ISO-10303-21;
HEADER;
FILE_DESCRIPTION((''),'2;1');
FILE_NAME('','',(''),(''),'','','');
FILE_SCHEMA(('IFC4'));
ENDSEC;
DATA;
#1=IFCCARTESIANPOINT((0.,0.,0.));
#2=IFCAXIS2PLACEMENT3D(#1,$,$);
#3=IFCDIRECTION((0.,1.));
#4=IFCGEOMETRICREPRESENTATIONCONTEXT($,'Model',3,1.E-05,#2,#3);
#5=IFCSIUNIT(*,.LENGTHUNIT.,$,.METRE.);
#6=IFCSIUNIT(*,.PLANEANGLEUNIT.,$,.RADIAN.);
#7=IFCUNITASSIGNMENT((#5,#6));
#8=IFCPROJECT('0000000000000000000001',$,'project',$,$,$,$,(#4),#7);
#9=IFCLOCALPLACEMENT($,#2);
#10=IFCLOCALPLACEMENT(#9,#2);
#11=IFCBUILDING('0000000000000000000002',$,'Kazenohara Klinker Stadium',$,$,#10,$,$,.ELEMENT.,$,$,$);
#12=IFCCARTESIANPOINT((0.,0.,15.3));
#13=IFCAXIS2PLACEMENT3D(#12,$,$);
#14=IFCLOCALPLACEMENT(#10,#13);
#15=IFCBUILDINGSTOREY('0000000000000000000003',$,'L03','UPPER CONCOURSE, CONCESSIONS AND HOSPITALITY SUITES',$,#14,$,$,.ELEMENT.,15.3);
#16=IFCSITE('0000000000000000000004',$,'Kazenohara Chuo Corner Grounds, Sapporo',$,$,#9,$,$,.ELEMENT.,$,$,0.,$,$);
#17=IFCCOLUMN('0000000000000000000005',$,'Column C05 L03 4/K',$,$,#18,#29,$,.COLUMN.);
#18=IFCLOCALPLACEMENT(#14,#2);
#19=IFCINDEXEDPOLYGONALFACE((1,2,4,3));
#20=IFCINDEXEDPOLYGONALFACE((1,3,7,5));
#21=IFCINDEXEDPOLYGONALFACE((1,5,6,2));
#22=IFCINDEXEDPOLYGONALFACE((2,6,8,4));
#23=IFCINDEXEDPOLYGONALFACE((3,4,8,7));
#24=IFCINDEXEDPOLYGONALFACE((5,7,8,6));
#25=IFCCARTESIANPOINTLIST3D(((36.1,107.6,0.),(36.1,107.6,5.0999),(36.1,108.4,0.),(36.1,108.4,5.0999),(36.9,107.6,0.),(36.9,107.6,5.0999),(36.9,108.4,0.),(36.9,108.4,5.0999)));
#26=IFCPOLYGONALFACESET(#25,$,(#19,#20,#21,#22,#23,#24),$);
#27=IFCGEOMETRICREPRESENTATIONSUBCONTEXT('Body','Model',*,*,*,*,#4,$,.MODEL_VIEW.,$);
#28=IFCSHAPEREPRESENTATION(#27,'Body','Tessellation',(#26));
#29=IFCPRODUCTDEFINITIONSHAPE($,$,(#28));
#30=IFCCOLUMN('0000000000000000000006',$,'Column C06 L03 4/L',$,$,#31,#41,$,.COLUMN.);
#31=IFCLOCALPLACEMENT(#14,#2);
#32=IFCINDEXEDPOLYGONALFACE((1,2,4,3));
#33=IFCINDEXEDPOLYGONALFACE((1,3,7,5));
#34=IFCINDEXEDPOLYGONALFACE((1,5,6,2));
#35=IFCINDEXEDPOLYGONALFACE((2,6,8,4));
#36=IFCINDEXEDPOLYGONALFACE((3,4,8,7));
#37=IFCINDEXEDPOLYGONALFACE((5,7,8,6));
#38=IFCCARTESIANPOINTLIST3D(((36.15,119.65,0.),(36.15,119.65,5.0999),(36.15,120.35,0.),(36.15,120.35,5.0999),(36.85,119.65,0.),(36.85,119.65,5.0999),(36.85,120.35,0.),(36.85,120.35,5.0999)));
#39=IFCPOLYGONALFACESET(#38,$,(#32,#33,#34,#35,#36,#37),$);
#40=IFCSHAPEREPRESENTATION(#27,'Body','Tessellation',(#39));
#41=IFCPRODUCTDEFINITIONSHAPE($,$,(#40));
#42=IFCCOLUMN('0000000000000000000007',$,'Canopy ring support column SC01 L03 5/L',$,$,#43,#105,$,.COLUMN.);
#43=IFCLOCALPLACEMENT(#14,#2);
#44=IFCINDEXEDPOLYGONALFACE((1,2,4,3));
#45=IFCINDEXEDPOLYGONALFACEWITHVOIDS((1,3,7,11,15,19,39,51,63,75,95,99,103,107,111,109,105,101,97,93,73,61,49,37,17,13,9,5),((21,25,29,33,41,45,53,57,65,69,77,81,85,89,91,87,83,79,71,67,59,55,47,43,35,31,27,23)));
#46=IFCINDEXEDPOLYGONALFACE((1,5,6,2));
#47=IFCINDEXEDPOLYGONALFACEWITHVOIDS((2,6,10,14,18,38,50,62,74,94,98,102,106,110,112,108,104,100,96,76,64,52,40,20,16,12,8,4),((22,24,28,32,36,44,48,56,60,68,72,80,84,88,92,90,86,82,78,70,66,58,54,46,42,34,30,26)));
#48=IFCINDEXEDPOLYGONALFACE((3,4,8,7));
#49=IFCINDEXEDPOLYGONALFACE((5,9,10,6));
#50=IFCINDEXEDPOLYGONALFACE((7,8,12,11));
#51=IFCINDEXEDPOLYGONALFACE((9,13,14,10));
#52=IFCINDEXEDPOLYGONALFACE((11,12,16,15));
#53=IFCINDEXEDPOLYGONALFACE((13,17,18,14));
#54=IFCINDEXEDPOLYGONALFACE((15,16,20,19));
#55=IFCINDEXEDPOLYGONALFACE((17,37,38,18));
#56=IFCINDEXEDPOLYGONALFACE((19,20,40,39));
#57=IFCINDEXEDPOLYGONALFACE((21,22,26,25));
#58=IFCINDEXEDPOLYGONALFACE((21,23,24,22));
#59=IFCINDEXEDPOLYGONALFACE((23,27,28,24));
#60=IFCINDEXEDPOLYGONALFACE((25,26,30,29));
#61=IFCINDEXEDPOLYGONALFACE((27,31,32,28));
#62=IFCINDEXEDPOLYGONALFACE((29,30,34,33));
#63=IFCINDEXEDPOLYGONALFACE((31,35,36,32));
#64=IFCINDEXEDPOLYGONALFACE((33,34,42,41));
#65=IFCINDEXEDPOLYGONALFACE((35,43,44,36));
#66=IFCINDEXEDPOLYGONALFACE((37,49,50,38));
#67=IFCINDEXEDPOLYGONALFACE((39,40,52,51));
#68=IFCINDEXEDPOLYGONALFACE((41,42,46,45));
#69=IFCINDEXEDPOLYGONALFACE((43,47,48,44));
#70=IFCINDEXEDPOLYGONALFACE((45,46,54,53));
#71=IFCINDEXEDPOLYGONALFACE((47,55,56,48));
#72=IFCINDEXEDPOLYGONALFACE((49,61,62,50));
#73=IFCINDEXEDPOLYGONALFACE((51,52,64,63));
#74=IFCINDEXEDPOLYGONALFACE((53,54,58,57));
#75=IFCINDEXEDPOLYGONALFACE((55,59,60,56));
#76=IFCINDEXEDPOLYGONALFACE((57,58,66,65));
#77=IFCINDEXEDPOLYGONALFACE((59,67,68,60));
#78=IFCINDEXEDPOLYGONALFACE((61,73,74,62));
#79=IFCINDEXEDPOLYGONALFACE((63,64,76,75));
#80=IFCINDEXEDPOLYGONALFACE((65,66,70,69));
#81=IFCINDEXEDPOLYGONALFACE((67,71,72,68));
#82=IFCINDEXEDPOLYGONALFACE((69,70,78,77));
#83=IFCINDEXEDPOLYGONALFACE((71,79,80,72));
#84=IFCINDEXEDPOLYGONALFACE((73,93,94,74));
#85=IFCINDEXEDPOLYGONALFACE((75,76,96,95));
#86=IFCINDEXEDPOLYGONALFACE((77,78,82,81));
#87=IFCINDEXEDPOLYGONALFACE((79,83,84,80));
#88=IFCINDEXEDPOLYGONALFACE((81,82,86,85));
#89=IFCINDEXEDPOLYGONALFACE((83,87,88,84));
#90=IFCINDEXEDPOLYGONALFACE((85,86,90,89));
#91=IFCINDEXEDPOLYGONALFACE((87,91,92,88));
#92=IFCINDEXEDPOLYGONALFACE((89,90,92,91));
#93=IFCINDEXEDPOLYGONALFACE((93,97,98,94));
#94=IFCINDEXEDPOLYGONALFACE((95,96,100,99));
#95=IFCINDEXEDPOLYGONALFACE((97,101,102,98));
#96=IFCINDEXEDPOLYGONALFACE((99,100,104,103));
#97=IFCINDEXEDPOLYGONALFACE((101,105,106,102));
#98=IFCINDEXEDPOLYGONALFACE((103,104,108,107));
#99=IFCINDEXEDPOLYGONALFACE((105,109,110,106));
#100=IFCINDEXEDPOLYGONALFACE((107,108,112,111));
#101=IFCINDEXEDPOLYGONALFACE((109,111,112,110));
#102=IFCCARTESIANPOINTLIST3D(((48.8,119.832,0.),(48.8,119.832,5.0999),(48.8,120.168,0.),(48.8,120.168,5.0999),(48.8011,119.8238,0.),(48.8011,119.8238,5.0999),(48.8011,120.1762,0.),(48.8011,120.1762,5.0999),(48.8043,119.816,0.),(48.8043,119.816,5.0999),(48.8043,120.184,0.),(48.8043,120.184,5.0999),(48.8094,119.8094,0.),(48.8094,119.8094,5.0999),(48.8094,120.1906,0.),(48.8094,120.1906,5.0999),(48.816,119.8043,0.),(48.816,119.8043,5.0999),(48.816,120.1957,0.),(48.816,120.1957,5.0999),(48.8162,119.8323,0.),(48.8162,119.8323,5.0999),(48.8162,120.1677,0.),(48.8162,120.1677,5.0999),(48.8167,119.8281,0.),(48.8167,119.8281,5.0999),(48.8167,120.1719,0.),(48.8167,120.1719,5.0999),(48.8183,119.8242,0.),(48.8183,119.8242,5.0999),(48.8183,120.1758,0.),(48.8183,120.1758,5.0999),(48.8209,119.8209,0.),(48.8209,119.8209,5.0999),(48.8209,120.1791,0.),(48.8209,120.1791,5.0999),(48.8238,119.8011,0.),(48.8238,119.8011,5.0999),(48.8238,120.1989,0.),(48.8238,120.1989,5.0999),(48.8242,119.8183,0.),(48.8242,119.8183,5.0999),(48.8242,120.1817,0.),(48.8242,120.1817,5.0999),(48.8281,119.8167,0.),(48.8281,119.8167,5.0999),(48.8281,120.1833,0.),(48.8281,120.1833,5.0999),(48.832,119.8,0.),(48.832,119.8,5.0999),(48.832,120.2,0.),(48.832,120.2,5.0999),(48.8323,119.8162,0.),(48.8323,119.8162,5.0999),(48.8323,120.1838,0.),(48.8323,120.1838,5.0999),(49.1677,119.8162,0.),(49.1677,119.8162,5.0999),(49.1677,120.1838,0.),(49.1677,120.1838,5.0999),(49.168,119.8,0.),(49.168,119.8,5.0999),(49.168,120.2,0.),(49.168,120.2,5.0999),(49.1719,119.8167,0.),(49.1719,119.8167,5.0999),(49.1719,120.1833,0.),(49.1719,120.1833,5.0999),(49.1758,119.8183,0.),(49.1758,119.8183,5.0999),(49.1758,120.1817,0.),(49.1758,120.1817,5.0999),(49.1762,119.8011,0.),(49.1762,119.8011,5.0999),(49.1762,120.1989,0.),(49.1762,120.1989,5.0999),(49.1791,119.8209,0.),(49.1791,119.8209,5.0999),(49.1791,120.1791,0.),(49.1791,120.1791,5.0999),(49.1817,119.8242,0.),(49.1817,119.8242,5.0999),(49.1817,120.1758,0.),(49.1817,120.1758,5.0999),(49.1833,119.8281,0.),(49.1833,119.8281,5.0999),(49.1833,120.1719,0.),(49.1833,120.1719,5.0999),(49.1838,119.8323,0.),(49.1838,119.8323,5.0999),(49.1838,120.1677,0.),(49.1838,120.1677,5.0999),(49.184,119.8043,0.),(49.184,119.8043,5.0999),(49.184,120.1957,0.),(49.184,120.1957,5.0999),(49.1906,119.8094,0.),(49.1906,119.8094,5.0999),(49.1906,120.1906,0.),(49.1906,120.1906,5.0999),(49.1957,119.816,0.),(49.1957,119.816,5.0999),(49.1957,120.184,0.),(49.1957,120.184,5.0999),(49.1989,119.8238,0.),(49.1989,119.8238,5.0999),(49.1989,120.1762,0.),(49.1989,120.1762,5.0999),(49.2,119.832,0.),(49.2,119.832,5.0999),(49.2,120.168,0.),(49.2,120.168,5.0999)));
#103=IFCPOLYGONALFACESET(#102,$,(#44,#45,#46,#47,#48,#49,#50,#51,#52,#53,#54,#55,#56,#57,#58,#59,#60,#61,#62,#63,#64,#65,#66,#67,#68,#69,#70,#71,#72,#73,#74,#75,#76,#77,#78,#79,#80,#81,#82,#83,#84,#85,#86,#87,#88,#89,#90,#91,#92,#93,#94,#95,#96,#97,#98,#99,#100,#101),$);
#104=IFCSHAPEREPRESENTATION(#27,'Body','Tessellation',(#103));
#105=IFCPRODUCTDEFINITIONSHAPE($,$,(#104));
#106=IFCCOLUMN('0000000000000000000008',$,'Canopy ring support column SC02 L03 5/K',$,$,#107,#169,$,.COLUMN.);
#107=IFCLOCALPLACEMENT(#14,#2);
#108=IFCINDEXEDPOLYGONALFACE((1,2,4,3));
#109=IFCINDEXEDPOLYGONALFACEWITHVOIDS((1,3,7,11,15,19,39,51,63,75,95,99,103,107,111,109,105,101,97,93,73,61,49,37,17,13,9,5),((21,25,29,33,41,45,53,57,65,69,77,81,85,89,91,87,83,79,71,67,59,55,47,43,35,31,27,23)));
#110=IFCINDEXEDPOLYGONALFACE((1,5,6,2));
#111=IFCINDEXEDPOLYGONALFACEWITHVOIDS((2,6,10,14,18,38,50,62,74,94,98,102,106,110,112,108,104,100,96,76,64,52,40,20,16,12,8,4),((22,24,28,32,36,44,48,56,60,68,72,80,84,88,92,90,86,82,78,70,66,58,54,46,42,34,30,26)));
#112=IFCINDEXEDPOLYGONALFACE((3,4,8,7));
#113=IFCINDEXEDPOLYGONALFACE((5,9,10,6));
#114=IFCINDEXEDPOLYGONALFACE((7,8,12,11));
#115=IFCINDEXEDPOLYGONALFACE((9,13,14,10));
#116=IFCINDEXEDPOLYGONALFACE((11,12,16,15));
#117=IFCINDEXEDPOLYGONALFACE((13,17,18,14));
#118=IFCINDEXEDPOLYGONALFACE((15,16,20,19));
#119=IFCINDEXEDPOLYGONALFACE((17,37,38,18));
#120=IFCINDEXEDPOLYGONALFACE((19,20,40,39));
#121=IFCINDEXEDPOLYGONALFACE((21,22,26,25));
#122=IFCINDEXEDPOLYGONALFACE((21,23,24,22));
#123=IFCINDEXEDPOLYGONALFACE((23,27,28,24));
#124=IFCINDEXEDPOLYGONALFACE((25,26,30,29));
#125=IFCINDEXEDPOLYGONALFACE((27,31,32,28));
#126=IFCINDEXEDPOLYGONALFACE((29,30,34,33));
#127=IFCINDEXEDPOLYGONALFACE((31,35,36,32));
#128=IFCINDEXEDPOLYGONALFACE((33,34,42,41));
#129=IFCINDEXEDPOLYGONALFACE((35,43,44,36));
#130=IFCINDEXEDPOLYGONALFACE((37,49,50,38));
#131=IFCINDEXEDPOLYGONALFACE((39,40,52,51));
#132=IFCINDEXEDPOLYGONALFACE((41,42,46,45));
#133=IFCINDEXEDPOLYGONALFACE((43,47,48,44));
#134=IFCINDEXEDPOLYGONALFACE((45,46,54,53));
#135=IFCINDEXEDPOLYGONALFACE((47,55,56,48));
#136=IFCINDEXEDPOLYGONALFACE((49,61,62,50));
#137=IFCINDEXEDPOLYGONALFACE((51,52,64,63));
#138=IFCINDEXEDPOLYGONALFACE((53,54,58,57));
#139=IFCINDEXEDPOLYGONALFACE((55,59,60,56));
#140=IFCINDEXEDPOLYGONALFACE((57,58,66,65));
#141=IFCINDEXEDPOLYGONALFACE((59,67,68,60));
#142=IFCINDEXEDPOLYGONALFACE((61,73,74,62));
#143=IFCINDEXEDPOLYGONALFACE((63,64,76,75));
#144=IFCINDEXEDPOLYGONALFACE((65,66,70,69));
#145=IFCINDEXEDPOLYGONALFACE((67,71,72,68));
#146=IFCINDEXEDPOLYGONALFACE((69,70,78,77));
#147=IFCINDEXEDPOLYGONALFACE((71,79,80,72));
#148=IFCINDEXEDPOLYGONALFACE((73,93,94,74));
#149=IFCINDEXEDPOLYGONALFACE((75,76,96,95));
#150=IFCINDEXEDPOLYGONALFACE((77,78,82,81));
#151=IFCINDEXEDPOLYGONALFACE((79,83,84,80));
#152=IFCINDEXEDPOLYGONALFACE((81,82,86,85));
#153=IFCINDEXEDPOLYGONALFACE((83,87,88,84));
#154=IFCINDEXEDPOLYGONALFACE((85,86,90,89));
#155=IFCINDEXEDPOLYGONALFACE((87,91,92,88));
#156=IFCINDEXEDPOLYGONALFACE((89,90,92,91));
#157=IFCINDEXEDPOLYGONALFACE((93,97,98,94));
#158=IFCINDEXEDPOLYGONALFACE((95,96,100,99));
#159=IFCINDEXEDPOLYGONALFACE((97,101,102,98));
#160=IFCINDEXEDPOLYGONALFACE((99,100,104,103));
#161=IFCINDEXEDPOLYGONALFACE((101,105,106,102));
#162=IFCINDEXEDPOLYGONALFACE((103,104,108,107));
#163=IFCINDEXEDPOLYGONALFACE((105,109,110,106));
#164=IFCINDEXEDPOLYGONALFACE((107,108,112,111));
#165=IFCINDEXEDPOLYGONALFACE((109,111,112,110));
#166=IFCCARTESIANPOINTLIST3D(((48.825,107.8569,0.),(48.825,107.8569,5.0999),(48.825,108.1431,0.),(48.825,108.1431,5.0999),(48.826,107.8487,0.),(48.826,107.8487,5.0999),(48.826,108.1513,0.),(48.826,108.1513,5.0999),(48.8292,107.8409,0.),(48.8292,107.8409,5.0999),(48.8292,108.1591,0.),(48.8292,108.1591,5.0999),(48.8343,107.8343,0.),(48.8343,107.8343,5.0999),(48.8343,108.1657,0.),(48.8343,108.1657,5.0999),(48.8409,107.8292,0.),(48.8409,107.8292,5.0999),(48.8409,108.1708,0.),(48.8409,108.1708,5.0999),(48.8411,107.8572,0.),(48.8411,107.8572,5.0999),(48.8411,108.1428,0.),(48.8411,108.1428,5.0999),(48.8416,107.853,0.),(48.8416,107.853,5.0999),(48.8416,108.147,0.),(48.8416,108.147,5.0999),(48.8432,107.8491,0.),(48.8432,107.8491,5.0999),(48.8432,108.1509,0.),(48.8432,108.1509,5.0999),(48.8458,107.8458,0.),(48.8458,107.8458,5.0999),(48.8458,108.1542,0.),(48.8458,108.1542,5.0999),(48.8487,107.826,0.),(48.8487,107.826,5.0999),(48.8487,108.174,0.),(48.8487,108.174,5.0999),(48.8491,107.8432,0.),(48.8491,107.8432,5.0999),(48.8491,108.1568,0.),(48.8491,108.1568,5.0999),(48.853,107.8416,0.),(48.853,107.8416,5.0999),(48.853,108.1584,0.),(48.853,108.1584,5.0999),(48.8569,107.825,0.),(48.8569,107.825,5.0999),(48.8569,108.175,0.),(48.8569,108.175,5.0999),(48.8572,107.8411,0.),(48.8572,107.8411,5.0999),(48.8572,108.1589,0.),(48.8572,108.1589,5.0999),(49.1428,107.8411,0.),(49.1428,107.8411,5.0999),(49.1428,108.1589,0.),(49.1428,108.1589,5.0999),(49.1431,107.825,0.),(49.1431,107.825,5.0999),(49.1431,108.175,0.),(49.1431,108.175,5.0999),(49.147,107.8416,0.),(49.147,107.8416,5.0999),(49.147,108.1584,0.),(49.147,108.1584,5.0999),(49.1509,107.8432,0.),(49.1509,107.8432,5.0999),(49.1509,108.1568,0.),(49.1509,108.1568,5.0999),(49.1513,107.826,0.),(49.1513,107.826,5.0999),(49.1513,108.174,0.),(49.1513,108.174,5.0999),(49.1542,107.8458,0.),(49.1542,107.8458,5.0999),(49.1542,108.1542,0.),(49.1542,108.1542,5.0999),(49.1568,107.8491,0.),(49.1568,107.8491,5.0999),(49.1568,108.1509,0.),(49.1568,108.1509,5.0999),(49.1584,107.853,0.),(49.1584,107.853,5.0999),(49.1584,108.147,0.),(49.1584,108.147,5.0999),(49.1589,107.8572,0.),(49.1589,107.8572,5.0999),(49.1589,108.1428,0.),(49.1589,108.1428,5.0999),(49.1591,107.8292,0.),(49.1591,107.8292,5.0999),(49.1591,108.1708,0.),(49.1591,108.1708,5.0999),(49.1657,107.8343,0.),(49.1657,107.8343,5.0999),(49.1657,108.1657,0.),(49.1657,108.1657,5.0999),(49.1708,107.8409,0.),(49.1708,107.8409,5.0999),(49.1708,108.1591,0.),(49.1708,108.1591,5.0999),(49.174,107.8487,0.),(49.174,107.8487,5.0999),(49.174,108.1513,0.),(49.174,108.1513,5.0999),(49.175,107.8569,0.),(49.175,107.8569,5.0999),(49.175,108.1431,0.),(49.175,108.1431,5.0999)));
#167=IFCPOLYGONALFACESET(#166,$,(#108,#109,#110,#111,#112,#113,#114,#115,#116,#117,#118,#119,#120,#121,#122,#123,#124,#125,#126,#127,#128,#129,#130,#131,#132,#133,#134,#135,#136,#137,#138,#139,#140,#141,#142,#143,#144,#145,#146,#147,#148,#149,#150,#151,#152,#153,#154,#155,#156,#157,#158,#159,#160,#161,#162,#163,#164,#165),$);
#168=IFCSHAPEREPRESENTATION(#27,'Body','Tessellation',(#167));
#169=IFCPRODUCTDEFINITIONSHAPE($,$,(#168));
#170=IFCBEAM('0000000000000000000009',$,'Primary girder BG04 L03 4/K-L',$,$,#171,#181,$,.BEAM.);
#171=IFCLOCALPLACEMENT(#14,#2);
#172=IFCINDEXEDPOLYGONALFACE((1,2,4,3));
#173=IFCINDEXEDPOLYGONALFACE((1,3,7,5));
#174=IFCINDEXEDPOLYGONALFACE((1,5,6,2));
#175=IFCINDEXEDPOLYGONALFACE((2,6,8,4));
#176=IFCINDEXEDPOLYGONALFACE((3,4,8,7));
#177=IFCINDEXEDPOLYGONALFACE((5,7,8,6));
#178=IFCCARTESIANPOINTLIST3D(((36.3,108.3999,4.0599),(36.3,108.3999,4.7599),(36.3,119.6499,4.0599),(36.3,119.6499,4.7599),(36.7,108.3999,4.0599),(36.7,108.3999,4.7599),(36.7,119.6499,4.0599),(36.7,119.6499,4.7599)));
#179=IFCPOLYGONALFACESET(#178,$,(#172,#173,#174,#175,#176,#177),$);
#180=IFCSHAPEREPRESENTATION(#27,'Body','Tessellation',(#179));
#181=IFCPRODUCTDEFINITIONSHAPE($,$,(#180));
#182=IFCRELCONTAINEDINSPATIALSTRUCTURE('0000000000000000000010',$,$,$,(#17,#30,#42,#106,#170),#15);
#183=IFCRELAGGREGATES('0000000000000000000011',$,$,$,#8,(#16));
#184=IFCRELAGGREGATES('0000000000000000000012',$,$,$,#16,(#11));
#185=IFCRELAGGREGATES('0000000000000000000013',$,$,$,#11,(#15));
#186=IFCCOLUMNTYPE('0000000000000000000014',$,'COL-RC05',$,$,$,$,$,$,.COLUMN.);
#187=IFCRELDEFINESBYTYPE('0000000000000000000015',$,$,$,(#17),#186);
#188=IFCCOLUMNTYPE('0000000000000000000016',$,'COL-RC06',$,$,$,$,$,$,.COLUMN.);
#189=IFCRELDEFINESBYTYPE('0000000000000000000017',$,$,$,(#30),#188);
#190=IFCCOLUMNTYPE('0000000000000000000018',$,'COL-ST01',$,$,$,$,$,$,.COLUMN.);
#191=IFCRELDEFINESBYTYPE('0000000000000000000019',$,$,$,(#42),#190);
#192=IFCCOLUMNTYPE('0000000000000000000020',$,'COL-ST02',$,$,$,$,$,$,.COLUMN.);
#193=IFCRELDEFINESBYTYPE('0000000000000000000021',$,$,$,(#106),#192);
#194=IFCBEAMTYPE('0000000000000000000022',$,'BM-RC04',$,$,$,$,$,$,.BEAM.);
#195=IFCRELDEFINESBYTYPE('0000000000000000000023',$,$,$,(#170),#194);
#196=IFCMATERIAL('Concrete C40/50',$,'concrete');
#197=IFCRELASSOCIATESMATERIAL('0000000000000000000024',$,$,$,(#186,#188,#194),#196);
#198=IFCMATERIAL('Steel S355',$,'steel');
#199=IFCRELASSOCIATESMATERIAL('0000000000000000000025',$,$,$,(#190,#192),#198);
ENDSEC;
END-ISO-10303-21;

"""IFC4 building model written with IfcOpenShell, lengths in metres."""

from ifc_helpers import new_model, si_unit, direction, frame, origin, origin_2d, place, context, subcontext, project, spatial, rectangle, hollow_rectangle, extrude, material, material_profile, profile_set, type_object, element, save


model = new_model("IFC4")

# Units and contexts
model_context = context("Model", 3, precision=1e-05, world=origin(), true_north=direction((0.0, 1.0)))
body_context = subcontext(model_context, "Body", "Model", "MODEL_VIEW")
ifc_project = project(units=[si_unit("LENGTHUNIT", "METRE"), si_unit("PLANEANGLEUNIT", "RADIAN")], contexts=[model_context])

# Site, building, storey
site_placement = place(None, origin())
site = spatial("IfcSite", under=ifc_project, at=site_placement, Name="Kazenohara Chuo Corner Grounds, Sapporo", CompositionType="ELEMENT", RefElevation=0.0)
building_placement = place(site_placement, origin())
building = spatial("IfcBuilding", under=site, at=building_placement, Name="Kazenohara Klinker Stadium", CompositionType="ELEMENT")
storey_placement = place(building_placement, frame((0.0, 0.0, 15.3)))
storey = spatial("IfcBuildingStorey", under=building, at=storey_placement, Name="L03", Description="UPPER CONCOURSE, CONCESSIONS AND HOSPITALITY SUITES", CompositionType="ELEMENT", Elevation=15.3)

# Columns
ifc_material_1 = material(Name="Concrete C40/50", Category="concrete")
ifc_material_profile_1 = material_profile(ifc_material_1, rectangle(XDim=0.8, YDim=0.8, at=origin_2d()), Name="RC-COL-800x800")
ifc_profile_set_1 = profile_set([ifc_material_profile_1], Name="Concrete C40/50")
column_type_1 = type_object("IfcColumnType", Name="COL-RC05", PredefinedType="COLUMN", material=ifc_profile_set_1)
column_1_placement = place(storey_placement, frame((36.5, 108.0, 0.0), z_axis=(0.0, 0.0, 1.0), x_axis=(1.0, 0.0, 0.0)))
element("IfcColumn", 1, at=column_1_placement, inside=storey, type_object=column_type_1, Name="Column C05 L03 4/K", PredefinedType="COLUMN", context=body_context, shape_type="SweptSolid", body=[
    extrude(rectangle(XDim=0.8, YDim=0.8, at=origin_2d()), origin(), (0.0, 0.0, 1.0), 5.0999),
])
ifc_material_profile_2 = material_profile(ifc_material_1, rectangle(XDim=0.7, YDim=0.7, at=origin_2d()), Name="RC-COL-700x700")
ifc_profile_set_2 = profile_set([ifc_material_profile_2], Name="Concrete C40/50")
column_type_2 = type_object("IfcColumnType", Name="COL-RC06", PredefinedType="COLUMN", material=ifc_profile_set_2)
column_2_placement = place(storey_placement, frame((36.5, 120.0, 0.0), z_axis=(0.0, 0.0, 1.0), x_axis=(1.0, 0.0, 0.0)))
element("IfcColumn", 2, at=column_2_placement, inside=storey, type_object=column_type_2, Name="Column C06 L03 4/L", PredefinedType="COLUMN", context=body_context, shape_type="SweptSolid", body=[
    extrude(rectangle(XDim=0.7, YDim=0.7, at=origin_2d()), origin(), (0.0, 0.0, 1.0), 5.0999),
])
ifc_material_2 = material(Name="Steel S355", Category="steel")
ifc_material_profile_3 = material_profile(ifc_material_2, hollow_rectangle(XDim=0.3999, YDim=0.3999, WallThickness=0.0161, InnerFilletRadius=0.0161, OuterFilletRadius=0.032, at=origin_2d()), Name="SHS-400x400x16")
ifc_profile_set_3 = profile_set([ifc_material_profile_3], Name="Steel S355")
column_type_3 = type_object("IfcColumnType", Name="COL-ST01", PredefinedType="COLUMN", material=ifc_profile_set_3)
column_3_placement = place(storey_placement, frame((49.0, 120.0, 0.0), z_axis=(0.0, 0.0, 1.0), x_axis=(1.0, 0.0, 0.0)))
element("IfcColumn", 3, at=column_3_placement, inside=storey, type_object=column_type_3, Name="Canopy ring support column SC01 L03 5/L", PredefinedType="COLUMN", context=body_context, shape_type="SweptSolid", body=[
    extrude(hollow_rectangle(XDim=0.3999, YDim=0.3999, WallThickness=0.0161, InnerFilletRadius=0.0161, OuterFilletRadius=0.032, at=origin_2d()), origin(), (0.0, 0.0, 1.0), 5.0999),
])
ifc_material_profile_4 = material_profile(ifc_material_2, hollow_rectangle(XDim=0.3501, YDim=0.3501, WallThickness=0.0161, InnerFilletRadius=0.0161, OuterFilletRadius=0.032, at=origin_2d()), Name="SHS-350x350x16")
ifc_profile_set_4 = profile_set([ifc_material_profile_4], Name="Steel S355")
column_type_4 = type_object("IfcColumnType", Name="COL-ST02", PredefinedType="COLUMN", material=ifc_profile_set_4)
column_4_placement = place(storey_placement, frame((49.0, 108.0, 0.0), z_axis=(0.0, 0.0, 1.0), x_axis=(1.0, 0.0, 0.0)))
element("IfcColumn", 4, at=column_4_placement, inside=storey, type_object=column_type_4, Name="Canopy ring support column SC02 L03 5/K", PredefinedType="COLUMN", context=body_context, shape_type="SweptSolid", body=[
    extrude(hollow_rectangle(XDim=0.3501, YDim=0.3501, WallThickness=0.0161, InnerFilletRadius=0.0161, OuterFilletRadius=0.032, at=origin_2d()), origin(), (0.0, 0.0, 1.0), 5.0999),
])

# Beam
ifc_material_profile_5 = material_profile(ifc_material_1, rectangle(XDim=0.3999, YDim=0.7, at=origin_2d()), Name="RC-BM-400x700")
ifc_profile_set_5 = profile_set([ifc_material_profile_5], Name="Concrete C40/50")
beam_type_1 = type_object("IfcBeamType", Name="BM-RC04", PredefinedType="BEAM", material=ifc_profile_set_5)
beam_placement = place(storey_placement, frame((36.5, 108.3999, 4.4099), z_axis=(0.0, 1.0, 0.0), x_axis=(-1.0, 0.0, 0.0)))
element("IfcBeam", 5, at=beam_placement, inside=storey, type_object=beam_type_1, Name="Primary girder BG04 L03 4/K-L", PredefinedType="BEAM", context=body_context, shape_type="SweptSolid", body=[
    extrude(rectangle(XDim=0.3999, YDim=0.7, at=origin_2d()), origin(), (0.0, 0.0, 1.0), 11.25),
])

save(model, "model.ifc")
